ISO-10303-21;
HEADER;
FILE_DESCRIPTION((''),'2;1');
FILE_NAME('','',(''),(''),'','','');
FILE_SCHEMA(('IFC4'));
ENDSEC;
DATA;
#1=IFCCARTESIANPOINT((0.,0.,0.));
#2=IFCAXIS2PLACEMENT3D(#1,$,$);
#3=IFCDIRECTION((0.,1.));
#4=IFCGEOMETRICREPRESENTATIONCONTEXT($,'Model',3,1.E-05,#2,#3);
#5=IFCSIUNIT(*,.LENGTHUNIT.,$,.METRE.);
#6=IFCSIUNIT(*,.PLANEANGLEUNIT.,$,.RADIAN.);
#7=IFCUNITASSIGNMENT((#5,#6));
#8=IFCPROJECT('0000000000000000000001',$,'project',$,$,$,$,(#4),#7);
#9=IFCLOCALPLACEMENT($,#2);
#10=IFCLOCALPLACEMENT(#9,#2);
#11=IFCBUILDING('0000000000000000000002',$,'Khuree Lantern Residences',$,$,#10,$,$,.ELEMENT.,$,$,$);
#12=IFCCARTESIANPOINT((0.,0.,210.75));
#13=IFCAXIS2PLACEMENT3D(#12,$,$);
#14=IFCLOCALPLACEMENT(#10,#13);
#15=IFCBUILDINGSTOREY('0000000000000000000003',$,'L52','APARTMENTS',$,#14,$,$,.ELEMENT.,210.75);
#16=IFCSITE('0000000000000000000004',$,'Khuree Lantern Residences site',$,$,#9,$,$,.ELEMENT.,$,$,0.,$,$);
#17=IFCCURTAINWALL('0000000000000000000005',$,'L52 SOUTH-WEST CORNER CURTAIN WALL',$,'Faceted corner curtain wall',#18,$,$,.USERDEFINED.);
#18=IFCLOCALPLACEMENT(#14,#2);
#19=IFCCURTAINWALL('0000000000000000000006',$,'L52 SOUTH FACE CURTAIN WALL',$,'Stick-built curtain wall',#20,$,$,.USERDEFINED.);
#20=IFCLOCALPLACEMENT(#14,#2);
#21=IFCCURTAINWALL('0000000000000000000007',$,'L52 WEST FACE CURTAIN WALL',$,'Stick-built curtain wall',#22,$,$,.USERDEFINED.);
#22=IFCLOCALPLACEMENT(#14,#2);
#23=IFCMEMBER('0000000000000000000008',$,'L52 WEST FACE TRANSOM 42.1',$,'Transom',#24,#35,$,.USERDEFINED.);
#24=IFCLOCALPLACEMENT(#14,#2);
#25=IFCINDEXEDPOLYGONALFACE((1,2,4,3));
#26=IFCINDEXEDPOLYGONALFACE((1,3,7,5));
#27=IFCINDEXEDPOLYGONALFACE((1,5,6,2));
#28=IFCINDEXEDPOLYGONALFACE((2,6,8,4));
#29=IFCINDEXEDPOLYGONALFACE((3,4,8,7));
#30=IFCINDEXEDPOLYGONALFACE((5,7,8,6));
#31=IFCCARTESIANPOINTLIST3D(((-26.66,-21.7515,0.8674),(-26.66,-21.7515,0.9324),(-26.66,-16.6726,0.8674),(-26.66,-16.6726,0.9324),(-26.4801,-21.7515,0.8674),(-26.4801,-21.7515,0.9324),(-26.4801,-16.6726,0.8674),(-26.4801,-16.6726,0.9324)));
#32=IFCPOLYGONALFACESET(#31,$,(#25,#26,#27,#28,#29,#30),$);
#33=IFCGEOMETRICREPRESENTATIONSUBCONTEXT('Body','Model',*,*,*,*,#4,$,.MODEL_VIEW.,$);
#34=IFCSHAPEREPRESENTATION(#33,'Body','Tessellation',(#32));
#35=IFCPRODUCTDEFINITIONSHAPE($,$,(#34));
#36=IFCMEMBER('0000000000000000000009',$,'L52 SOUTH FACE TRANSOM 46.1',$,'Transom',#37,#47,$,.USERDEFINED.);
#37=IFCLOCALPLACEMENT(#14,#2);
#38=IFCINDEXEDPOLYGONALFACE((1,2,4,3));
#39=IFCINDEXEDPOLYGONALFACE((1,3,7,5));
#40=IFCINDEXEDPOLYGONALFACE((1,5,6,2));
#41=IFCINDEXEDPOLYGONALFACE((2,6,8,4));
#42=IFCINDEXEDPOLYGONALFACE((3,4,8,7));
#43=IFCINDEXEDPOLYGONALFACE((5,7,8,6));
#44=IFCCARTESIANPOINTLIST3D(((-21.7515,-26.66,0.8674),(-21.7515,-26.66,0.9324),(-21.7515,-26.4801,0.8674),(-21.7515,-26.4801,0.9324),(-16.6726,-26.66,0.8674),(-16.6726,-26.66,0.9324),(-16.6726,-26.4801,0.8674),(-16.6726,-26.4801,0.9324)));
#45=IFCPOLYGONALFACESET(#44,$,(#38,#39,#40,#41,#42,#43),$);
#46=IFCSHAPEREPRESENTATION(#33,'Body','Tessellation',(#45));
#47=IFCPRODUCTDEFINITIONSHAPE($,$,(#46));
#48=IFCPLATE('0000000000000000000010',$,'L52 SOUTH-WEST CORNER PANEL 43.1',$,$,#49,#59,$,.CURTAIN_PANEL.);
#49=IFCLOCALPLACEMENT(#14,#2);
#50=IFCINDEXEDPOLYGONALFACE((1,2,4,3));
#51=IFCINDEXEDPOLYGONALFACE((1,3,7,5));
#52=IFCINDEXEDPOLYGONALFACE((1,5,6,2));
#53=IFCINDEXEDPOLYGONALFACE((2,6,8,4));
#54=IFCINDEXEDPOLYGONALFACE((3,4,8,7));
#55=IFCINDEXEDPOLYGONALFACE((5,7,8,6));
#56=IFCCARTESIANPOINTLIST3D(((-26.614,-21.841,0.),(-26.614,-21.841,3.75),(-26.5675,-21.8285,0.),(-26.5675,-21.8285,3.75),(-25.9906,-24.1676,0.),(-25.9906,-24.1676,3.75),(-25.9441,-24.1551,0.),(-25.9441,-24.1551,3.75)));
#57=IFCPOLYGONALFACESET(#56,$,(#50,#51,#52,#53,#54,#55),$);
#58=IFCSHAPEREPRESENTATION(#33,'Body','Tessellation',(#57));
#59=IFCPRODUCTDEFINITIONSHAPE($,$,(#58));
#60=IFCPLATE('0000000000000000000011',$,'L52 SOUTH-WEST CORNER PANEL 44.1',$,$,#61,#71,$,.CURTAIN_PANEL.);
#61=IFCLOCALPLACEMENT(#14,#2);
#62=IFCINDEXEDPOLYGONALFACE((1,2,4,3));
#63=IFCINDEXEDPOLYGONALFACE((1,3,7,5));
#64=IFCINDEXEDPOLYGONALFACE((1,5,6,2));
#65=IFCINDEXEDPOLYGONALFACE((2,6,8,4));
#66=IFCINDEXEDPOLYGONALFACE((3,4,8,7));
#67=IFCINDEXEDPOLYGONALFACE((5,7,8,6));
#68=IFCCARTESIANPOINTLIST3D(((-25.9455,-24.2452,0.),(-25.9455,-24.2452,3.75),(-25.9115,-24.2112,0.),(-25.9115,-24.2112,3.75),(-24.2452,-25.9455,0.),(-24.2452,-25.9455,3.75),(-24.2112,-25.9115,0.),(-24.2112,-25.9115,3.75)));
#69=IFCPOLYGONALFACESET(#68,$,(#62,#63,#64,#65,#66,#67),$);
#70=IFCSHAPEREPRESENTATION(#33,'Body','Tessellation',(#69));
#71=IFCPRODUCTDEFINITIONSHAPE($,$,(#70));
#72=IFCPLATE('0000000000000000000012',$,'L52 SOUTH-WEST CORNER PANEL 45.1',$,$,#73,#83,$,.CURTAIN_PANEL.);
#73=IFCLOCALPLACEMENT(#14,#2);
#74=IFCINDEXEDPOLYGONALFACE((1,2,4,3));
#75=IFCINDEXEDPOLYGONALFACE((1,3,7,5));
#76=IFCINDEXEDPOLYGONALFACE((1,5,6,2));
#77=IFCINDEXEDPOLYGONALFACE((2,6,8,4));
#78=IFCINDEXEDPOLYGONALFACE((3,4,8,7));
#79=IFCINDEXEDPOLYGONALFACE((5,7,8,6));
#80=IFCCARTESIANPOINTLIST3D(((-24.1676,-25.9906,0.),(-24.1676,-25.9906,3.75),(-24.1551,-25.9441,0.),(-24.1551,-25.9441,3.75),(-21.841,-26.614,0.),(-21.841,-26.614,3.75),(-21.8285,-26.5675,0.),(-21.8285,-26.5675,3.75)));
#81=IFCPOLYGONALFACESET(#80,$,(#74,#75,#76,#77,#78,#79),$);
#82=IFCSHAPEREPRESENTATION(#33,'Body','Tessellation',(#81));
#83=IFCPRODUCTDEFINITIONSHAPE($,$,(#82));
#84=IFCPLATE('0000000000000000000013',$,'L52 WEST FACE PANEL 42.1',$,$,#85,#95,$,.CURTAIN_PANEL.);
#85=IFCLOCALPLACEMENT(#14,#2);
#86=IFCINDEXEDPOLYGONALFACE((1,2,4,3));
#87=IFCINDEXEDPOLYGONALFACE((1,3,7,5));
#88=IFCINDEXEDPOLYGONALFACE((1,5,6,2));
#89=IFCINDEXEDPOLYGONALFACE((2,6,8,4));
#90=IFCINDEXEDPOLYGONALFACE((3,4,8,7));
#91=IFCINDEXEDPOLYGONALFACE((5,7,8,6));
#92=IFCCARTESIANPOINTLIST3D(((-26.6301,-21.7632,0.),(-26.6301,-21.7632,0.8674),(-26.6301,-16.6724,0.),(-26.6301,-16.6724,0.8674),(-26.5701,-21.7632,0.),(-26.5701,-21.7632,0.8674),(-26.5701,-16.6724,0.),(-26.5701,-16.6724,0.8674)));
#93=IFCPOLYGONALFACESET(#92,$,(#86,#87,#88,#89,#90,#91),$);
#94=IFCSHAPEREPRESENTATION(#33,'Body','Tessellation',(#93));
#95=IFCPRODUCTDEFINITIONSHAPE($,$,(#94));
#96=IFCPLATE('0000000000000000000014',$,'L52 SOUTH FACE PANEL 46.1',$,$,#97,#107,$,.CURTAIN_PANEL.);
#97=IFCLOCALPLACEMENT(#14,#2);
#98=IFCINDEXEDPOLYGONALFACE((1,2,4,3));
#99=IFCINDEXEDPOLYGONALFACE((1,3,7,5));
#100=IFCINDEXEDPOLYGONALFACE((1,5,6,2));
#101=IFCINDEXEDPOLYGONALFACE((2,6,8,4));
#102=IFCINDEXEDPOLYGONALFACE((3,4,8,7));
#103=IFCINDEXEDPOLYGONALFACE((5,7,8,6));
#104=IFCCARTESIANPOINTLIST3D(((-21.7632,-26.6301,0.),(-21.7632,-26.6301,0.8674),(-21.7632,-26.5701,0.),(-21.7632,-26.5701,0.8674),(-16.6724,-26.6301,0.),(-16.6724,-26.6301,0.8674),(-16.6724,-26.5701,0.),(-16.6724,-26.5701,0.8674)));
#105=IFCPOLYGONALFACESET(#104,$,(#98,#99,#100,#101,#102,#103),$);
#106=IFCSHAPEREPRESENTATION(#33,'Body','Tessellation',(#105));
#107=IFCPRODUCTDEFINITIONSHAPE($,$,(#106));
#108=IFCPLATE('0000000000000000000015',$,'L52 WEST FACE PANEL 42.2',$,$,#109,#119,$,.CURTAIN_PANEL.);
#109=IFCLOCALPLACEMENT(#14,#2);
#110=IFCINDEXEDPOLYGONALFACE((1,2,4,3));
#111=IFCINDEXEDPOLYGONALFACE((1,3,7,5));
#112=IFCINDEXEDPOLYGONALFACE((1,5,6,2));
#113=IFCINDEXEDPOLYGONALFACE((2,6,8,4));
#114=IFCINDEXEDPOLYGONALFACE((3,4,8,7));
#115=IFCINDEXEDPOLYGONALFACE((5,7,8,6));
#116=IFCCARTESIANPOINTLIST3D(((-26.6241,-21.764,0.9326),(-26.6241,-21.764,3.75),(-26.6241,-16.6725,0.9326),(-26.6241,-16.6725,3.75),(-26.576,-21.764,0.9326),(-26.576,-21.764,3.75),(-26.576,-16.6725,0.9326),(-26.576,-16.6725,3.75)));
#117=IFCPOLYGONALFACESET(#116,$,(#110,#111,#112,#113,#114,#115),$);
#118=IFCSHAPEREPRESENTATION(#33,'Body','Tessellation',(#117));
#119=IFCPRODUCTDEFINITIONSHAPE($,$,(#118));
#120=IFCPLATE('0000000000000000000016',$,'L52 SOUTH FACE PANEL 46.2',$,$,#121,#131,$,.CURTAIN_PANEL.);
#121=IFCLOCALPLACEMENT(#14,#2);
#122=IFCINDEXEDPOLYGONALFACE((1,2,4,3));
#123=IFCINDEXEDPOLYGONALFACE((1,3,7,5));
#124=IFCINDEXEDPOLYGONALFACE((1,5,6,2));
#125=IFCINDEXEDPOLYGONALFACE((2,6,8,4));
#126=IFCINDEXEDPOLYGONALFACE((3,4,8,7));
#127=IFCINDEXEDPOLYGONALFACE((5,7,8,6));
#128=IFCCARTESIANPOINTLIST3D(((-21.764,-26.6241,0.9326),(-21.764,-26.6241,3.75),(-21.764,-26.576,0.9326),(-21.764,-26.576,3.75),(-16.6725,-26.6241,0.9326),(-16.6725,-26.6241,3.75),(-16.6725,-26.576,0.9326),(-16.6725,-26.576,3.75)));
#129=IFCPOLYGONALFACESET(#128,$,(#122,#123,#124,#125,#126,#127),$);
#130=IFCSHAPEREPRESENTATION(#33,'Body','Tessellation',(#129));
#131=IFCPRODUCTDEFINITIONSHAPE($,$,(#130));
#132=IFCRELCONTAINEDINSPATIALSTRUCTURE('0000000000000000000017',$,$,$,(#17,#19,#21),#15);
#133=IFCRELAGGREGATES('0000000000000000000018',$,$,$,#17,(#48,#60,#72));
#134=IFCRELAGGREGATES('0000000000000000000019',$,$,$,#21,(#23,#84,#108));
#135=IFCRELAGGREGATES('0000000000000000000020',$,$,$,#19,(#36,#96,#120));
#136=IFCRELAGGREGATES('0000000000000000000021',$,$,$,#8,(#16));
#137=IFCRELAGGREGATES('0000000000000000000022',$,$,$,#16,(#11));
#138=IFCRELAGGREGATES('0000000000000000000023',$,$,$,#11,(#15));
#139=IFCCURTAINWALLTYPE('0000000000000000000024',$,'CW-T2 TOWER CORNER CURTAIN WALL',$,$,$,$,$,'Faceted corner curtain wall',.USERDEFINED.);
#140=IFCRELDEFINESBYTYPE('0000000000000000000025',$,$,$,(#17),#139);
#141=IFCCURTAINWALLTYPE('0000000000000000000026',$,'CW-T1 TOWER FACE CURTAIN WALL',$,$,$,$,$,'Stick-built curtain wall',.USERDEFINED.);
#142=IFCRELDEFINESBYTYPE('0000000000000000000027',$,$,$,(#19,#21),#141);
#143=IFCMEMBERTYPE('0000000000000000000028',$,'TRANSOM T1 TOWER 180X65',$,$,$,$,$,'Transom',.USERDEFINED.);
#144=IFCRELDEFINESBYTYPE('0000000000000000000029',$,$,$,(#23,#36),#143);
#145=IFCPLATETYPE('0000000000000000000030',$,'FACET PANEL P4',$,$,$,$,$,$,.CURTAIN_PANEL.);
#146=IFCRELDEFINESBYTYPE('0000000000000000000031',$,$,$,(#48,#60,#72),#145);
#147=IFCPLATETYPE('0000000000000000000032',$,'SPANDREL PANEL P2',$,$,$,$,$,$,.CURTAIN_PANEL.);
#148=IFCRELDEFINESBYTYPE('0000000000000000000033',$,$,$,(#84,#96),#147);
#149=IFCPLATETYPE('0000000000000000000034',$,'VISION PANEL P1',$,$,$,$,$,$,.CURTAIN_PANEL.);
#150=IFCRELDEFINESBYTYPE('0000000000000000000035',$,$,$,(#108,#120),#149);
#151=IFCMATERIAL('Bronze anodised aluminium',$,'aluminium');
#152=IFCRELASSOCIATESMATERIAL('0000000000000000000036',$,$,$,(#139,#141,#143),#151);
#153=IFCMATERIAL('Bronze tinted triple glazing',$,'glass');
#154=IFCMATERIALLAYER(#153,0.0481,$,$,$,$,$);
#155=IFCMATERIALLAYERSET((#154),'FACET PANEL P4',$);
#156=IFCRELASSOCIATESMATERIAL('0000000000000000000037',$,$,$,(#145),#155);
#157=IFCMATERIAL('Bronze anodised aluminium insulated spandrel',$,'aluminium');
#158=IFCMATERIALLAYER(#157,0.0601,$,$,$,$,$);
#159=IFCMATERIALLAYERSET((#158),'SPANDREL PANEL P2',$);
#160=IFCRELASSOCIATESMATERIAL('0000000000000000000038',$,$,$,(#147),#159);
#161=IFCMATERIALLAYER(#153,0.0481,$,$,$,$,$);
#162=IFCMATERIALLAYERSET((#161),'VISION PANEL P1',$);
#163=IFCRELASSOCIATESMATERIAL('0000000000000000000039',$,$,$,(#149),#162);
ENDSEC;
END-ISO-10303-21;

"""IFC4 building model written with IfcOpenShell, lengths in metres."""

from ifc_helpers import new_model, si_unit, direction, frame, origin, origin_2d, place, context, subcontext, project, spatial, rectangle, extrude, material, layer, layer_set, material_profile, profile_set, type_object, element, aggregate, save


model = new_model("IFC4")

# Units and contexts
model_context = context("Model", 3, precision=1e-05, world=origin(), true_north=direction((0.0, 1.0)))
body_context = subcontext(model_context, "Body", "Model", "MODEL_VIEW")
ifc_project = project(units=[si_unit("LENGTHUNIT", "METRE"), si_unit("PLANEANGLEUNIT", "RADIAN")], contexts=[model_context])

# Site, building, storey
site_placement = place(None, origin())
site = spatial("IfcSite", under=ifc_project, at=site_placement, Name="Khuree Lantern Residences site", CompositionType="ELEMENT", RefElevation=0.0)
building_placement = place(site_placement, origin())
building = spatial("IfcBuilding", under=site, at=building_placement, Name="Khuree Lantern Residences", CompositionType="ELEMENT")
storey_placement = place(building_placement, frame((0.0, 0.0, 210.75)))
storey = spatial("IfcBuildingStorey", under=building, at=storey_placement, Name="L52", Description="APARTMENTS", CompositionType="ELEMENT", Elevation=210.75)

# Curtain wall
ifc_material_1 = material(Name="Bronze anodised aluminium", Category="aluminium")
curtain_wall_type_1 = type_object("IfcCurtainWallType", Name="CW-T2 TOWER CORNER CURTAIN WALL", ElementType="Faceted corner curtain wall", PredefinedType="USERDEFINED", material=ifc_material_1)
curtain_wall_1_placement = place(storey_placement, origin())
curtain_wall_1 = element("IfcCurtainWall", 1, at=curtain_wall_1_placement, inside=storey, type_object=curtain_wall_type_1, Name="L52 SOUTH-WEST CORNER CURTAIN WALL", ObjectType="Faceted corner curtain wall", PredefinedType="USERDEFINED")

# Curtain wall
curtain_wall_type_2 = type_object("IfcCurtainWallType", Name="CW-T1 TOWER FACE CURTAIN WALL", ElementType="Stick-built curtain wall", PredefinedType="USERDEFINED", material=ifc_material_1)
curtain_wall_2_placement = place(storey_placement, origin())
curtain_wall_2 = element("IfcCurtainWall", 2, at=curtain_wall_2_placement, inside=storey, type_object=curtain_wall_type_2, Name="L52 SOUTH FACE CURTAIN WALL", ObjectType="Stick-built curtain wall", PredefinedType="USERDEFINED")

# Curtain wall, member
curtain_wall_3_placement = place(storey_placement, origin())
curtain_wall_3 = element("IfcCurtainWall", 3, at=curtain_wall_3_placement, inside=storey, type_object=curtain_wall_type_2, Name="L52 WEST FACE CURTAIN WALL", ObjectType="Stick-built curtain wall", PredefinedType="USERDEFINED")
ifc_material_profile_1 = material_profile(ifc_material_1, rectangle(XDim=0.1799, YDim=0.0649, at=origin_2d()), Name="T1 180X65")
ifc_profile_set_1 = profile_set([ifc_material_profile_1], Name="Bronze anodised aluminium")
member_type_1 = type_object("IfcMemberType", Name="TRANSOM T1 TOWER 180X65", ElementType="Transom", PredefinedType="USERDEFINED", material=ifc_profile_set_1)
member_1_placement = place(storey_placement, frame((-26.5701, -16.6726, 0.8999), z_axis=(0.0, -1.0, 0.0), x_axis=(1.0, 0.0, 0.0)))
member_1 = element("IfcMember", 4, at=member_1_placement, type_object=member_type_1, Name="L52 WEST FACE TRANSOM 42.1", ObjectType="Transom", PredefinedType="USERDEFINED", context=body_context, shape_type="SweptSolid", body=[
    extrude(rectangle(XDim=0.1799, YDim=0.0649, at=origin_2d()), origin(), (0.0, 0.0, 1.0), 5.0789),
])

# Member
member_2_placement = place(storey_placement, frame((-21.7515, -26.5701, 0.8999), z_axis=(1.0, 0.0, 0.0), x_axis=(0.0, 1.0, 0.0)))
member_2 = element("IfcMember", 5, at=member_2_placement, type_object=member_type_1, Name="L52 SOUTH FACE TRANSOM 46.1", ObjectType="Transom", PredefinedType="USERDEFINED", context=body_context, shape_type="SweptSolid", body=[
    extrude(rectangle(XDim=0.1799, YDim=0.0649, at=origin_2d()), origin(), (0.0, 0.0, 1.0), 5.0789),
])

# Plates
ifc_material_2 = material(Name="Bronze tinted triple glazing", Category="glass")
ifc_layer_1 = layer(ifc_material_2, 0.0481)
ifc_layer_set_1 = layer_set([ifc_layer_1], Name="FACET PANEL P4")
plate_type_1 = type_object("IfcPlateType", Name="FACET PANEL P4", PredefinedType="CURTAIN_PANEL", material=ifc_layer_set_1)
plate_1_placement = place(storey_placement, frame((-26.2791, -22.998, 0.0), z_axis=(0.0, 0.0, 1.0), x_axis=(0.258819, -0.965926, 0.0)))
plate_1 = element("IfcPlate", 6, at=plate_1_placement, type_object=plate_type_1, Name="L52 SOUTH-WEST CORNER PANEL 43.1", PredefinedType="CURTAIN_PANEL", context=body_context, shape_type="SweptSolid", body=[
    extrude(rectangle(XDim=2.4087, YDim=0.0481, at=origin_2d()), origin(), (0.0, 0.0, 1.0), 3.75),
])
plate_2_placement = place(storey_placement, frame((-25.0784, -25.0784, 0.0), z_axis=(0.0, 0.0, 1.0), x_axis=(0.707107, -0.707107, 0.0)))
plate_2 = element("IfcPlate", 7, at=plate_2_placement, type_object=plate_type_1, Name="L52 SOUTH-WEST CORNER PANEL 44.1", PredefinedType="CURTAIN_PANEL", context=body_context, shape_type="SweptSolid", body=[
    extrude(rectangle(XDim=2.4045, YDim=0.0481, at=origin_2d()), origin(), (0.0, 0.0, 1.0), 3.75),
])
plate_3_placement = place(storey_placement, frame((-22.998, -26.2791, 0.0), z_axis=(0.0, 0.0, 1.0), x_axis=(0.965926, -0.258819, 0.0)))
plate_3 = element("IfcPlate", 8, at=plate_3_placement, type_object=plate_type_1, Name="L52 SOUTH-WEST CORNER PANEL 45.1", PredefinedType="CURTAIN_PANEL", context=body_context, shape_type="SweptSolid", body=[
    extrude(rectangle(XDim=2.4087, YDim=0.0481, at=origin_2d()), origin(), (0.0, 0.0, 1.0), 3.75),
])
aggregate(curtain_wall_1, [plate_1, plate_2, plate_3])
ifc_material_3 = material(Name="Bronze anodised aluminium insulated spandrel", Category="aluminium")
ifc_layer_2 = layer(ifc_material_3, 0.0601)
ifc_layer_set_2 = layer_set([ifc_layer_2], Name="SPANDREL PANEL P2")
plate_type_2 = type_object("IfcPlateType", Name="SPANDREL PANEL P2", PredefinedType="CURTAIN_PANEL", material=ifc_layer_set_2)
plate_4_placement = place(storey_placement, frame((-26.6001, -19.2178, 0.0), z_axis=(0.0, 0.0, 1.0), x_axis=(0.0, -1.0, 0.0)))
plate_4 = element("IfcPlate", 9, at=plate_4_placement, type_object=plate_type_2, Name="L52 WEST FACE PANEL 42.1", PredefinedType="CURTAIN_PANEL", context=body_context, shape_type="SweptSolid", body=[
    extrude(rectangle(XDim=5.0908, YDim=0.0601, at=origin_2d()), origin(), (0.0, 0.0, 1.0), 0.8674),
])
plate_5_placement = place(storey_placement, frame((-19.2178, -26.6001, 0.0), z_axis=(0.0, 0.0, 1.0), x_axis=(1.0, 0.0, 0.0)))
plate_5 = element("IfcPlate", 10, at=plate_5_placement, type_object=plate_type_2, Name="L52 SOUTH FACE PANEL 46.1", PredefinedType="CURTAIN_PANEL", context=body_context, shape_type="SweptSolid", body=[
    extrude(rectangle(XDim=5.0908, YDim=0.0601, at=origin_2d()), origin(), (0.0, 0.0, 1.0), 0.8674),
])
ifc_layer_3 = layer(ifc_material_2, 0.0481)
ifc_layer_set_3 = layer_set([ifc_layer_3], Name="VISION PANEL P1")
plate_type_3 = type_object("IfcPlateType", Name="VISION PANEL P1", PredefinedType="CURTAIN_PANEL", material=ifc_layer_set_3)
plate_6_placement = place(storey_placement, frame((-26.6001, -19.2183, 0.9326), z_axis=(0.0, 0.0, 1.0), x_axis=(0.0, -1.0, 0.0)))
plate_6 = element("IfcPlate", 11, at=plate_6_placement, type_object=plate_type_3, Name="L52 WEST FACE PANEL 42.2", PredefinedType="CURTAIN_PANEL", context=body_context, shape_type="SweptSolid", body=[
    extrude(rectangle(XDim=5.0916, YDim=0.0481, at=origin_2d()), origin(), (0.0, 0.0, 1.0), 2.8174),
])
aggregate(curtain_wall_3, [member_1, plate_4, plate_6])
plate_7_placement = place(storey_placement, frame((-19.2183, -26.6001, 0.9326), z_axis=(0.0, 0.0, 1.0), x_axis=(1.0, 0.0, 0.0)))
plate_7 = element("IfcPlate", 12, at=plate_7_placement, type_object=plate_type_3, Name="L52 SOUTH FACE PANEL 46.2", PredefinedType="CURTAIN_PANEL", context=body_context, shape_type="SweptSolid", body=[
    extrude(rectangle(XDim=5.0916, YDim=0.0481, at=origin_2d()), origin(), (0.0, 0.0, 1.0), 2.8174),
])
aggregate(curtain_wall_2, [member_2, plate_5, plate_7])

save(model, "model.ifc")
